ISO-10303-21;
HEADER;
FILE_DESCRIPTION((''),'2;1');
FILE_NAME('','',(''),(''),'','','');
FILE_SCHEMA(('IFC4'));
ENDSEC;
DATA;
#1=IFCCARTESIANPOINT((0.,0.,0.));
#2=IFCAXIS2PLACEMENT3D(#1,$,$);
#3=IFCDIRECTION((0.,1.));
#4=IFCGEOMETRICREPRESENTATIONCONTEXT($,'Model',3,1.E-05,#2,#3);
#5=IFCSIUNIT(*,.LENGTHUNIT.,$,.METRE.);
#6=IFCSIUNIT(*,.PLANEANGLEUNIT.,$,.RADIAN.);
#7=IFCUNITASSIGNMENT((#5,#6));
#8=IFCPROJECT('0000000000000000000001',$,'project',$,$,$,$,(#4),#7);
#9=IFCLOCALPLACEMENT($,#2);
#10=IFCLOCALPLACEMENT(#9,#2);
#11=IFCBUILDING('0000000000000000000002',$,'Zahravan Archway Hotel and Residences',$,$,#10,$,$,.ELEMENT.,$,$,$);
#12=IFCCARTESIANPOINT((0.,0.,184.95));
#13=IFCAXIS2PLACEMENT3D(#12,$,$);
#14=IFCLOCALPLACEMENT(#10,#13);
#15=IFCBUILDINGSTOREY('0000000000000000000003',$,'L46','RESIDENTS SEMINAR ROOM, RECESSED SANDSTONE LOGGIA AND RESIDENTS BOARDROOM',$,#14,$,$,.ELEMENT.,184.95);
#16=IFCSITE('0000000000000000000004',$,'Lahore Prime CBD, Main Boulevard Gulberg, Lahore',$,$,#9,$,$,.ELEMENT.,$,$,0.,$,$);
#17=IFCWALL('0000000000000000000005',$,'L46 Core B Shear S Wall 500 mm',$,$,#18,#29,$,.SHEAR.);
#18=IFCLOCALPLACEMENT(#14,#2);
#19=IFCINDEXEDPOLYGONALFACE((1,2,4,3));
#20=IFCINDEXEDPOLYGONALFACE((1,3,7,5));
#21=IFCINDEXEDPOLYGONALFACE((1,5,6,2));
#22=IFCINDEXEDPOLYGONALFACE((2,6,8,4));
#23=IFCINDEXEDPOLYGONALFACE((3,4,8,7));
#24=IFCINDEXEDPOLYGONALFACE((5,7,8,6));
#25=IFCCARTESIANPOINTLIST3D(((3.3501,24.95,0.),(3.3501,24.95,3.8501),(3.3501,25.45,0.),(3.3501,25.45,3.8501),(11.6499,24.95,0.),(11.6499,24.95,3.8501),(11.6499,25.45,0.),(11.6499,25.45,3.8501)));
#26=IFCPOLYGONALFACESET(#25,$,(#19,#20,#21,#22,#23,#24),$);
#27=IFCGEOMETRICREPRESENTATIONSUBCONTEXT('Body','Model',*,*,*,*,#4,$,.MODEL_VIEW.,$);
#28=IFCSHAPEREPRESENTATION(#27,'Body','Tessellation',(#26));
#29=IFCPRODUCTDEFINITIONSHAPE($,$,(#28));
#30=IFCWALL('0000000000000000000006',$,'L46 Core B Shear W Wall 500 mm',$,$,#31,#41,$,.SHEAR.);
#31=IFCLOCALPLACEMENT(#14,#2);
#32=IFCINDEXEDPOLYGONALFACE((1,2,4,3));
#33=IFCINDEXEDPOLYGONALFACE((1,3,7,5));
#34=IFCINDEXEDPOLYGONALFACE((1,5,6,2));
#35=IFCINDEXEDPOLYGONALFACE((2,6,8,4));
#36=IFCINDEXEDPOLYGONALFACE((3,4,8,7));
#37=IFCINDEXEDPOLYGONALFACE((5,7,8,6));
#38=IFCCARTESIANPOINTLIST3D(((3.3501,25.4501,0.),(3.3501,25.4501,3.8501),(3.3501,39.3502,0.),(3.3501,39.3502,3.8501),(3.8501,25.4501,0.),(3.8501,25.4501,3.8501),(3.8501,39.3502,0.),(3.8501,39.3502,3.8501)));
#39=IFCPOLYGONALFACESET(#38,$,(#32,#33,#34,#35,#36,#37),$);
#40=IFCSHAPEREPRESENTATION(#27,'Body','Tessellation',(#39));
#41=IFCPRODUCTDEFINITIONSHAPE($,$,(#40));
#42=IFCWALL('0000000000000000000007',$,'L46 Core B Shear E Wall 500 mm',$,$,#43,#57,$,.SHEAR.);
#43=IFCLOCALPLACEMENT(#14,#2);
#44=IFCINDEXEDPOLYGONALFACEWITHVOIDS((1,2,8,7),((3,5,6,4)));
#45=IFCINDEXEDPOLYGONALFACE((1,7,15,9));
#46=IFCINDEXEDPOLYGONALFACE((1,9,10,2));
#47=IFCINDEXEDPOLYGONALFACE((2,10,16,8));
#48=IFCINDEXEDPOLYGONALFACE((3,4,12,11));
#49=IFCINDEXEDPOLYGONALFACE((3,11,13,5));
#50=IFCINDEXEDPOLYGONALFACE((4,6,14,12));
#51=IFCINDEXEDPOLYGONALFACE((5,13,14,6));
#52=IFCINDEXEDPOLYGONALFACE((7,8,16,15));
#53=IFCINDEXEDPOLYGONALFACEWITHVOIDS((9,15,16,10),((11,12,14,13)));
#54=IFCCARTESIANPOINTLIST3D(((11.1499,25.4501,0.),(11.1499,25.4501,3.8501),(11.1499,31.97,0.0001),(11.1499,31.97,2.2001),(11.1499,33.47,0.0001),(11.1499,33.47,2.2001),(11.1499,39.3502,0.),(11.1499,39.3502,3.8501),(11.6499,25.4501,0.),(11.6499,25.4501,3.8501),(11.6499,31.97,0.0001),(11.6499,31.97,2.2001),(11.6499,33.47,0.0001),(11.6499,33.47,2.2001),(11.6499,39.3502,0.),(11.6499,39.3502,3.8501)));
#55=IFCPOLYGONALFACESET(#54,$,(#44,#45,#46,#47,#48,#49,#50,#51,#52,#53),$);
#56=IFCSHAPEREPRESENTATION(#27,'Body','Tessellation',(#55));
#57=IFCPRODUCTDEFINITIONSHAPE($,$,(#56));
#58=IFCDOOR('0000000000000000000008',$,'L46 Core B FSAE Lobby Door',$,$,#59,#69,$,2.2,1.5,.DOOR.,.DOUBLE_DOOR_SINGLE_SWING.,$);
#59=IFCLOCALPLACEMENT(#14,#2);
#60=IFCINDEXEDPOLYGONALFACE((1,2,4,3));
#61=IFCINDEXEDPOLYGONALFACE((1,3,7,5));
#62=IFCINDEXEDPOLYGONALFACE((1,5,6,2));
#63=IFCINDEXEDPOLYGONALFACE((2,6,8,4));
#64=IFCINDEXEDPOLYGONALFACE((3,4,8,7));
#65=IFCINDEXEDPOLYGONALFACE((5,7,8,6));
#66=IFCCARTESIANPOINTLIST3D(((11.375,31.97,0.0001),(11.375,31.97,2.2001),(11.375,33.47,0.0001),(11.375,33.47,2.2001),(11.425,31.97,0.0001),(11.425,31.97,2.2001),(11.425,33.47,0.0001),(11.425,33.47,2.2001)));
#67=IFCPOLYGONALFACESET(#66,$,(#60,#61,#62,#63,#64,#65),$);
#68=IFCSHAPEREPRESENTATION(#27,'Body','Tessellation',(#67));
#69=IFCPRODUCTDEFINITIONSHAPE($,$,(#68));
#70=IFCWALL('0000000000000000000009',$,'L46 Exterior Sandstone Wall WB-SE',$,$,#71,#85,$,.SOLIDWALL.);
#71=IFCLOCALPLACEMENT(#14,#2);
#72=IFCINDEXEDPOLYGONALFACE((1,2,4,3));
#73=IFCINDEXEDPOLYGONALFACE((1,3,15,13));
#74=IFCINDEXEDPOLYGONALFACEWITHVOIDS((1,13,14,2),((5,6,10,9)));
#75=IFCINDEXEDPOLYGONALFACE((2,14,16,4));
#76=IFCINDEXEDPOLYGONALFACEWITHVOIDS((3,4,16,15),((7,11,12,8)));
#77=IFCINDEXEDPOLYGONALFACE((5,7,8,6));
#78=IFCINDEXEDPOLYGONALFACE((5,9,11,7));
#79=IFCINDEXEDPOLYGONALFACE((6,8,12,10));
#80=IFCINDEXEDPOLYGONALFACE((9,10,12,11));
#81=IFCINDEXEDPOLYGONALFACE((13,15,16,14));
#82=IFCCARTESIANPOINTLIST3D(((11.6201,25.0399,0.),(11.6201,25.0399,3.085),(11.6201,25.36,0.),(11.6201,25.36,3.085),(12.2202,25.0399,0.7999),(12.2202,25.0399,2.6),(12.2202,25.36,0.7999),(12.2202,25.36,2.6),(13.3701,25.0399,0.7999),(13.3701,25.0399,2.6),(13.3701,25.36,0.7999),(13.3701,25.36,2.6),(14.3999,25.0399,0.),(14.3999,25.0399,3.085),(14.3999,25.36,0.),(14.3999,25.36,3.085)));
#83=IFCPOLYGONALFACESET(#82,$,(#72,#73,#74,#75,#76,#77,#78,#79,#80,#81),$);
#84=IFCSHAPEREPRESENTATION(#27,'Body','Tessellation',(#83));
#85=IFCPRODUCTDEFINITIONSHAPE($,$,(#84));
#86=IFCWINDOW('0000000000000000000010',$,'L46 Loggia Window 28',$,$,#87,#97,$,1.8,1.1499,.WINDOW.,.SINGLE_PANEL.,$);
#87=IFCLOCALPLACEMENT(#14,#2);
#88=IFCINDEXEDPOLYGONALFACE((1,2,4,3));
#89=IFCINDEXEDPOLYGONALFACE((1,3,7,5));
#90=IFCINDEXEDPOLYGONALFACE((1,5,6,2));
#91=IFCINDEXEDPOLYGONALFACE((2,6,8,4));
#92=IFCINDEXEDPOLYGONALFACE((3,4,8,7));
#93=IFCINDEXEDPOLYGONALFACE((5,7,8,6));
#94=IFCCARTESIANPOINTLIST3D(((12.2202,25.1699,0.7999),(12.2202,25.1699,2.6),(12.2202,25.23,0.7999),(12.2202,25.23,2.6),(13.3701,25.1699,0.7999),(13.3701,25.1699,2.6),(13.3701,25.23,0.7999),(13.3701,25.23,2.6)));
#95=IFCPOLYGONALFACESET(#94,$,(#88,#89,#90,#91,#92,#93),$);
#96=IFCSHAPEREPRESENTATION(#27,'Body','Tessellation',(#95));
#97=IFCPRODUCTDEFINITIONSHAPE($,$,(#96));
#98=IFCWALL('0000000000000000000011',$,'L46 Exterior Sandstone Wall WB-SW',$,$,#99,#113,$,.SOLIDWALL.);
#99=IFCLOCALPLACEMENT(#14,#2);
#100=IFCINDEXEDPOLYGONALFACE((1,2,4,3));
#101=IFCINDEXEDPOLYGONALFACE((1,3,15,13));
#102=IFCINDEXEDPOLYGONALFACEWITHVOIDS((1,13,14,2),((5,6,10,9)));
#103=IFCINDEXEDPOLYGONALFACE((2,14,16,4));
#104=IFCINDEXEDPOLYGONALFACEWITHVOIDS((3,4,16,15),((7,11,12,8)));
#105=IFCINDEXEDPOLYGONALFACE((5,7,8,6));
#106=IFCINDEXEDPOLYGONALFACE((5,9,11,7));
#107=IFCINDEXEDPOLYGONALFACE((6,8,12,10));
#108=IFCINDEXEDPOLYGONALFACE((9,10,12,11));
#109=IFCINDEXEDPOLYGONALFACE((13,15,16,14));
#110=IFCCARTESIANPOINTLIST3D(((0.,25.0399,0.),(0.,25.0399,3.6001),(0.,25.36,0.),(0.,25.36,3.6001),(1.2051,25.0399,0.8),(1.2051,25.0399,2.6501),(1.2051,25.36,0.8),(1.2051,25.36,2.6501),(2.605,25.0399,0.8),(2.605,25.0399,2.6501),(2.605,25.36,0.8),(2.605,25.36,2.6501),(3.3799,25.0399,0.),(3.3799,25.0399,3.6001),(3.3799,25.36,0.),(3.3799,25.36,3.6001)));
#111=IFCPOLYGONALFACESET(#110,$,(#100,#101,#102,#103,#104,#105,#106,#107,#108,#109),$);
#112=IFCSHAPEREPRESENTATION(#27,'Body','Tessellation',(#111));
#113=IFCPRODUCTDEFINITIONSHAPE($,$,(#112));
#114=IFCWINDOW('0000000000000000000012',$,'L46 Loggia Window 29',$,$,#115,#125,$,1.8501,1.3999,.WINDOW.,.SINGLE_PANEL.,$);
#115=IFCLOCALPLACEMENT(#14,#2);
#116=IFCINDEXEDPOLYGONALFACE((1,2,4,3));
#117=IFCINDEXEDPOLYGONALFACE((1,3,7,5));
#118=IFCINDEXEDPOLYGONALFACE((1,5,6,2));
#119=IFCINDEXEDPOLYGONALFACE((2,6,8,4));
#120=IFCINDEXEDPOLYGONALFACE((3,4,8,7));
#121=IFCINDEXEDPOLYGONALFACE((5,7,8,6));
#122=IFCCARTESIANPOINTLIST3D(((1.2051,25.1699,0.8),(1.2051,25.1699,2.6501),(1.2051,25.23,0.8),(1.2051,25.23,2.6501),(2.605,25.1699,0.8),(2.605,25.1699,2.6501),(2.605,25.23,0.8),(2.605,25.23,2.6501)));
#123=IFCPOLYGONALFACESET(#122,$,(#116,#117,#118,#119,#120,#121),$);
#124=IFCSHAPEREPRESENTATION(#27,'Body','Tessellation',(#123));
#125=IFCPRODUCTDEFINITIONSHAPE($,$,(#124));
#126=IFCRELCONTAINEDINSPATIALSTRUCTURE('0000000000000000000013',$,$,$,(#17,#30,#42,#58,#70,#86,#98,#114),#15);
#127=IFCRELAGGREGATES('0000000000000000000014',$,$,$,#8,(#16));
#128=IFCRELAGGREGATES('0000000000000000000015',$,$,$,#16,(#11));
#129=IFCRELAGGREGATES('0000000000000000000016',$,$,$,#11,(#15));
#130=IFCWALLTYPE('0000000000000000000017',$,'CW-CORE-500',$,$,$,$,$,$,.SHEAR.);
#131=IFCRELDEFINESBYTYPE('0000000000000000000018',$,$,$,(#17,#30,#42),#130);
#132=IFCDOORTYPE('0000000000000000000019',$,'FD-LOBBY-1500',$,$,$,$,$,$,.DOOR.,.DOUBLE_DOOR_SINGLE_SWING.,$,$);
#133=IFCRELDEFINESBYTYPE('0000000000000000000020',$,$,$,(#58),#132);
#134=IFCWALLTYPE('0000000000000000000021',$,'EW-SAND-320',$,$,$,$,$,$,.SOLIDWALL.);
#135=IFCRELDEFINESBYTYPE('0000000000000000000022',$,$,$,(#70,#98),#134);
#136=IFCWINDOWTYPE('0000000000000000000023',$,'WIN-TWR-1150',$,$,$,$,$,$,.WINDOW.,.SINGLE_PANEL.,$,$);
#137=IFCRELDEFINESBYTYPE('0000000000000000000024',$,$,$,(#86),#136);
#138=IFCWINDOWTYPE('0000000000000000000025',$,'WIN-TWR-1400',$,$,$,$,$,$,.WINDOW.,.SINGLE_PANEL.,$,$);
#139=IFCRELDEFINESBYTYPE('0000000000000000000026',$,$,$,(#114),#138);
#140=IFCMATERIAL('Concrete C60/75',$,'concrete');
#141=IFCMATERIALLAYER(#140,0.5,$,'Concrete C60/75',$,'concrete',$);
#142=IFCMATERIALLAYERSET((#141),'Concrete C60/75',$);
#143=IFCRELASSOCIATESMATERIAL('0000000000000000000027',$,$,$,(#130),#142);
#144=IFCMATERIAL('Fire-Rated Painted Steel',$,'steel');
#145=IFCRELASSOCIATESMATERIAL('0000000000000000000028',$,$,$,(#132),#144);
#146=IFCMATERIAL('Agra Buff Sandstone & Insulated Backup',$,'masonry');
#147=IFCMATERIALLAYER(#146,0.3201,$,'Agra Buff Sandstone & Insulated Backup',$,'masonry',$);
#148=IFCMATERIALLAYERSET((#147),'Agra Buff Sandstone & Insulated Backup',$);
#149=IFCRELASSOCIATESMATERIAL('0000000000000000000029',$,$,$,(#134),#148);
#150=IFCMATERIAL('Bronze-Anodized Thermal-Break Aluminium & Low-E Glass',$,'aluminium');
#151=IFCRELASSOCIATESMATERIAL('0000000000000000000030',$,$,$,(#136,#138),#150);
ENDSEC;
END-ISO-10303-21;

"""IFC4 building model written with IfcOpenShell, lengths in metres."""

from ifc_helpers import new_model, si_unit, direction, frame, frame_2d, origin, place, context, subcontext, project, spatial, rectangle, extrude, source, transform, mapped, material, layer, layer_set, type_object, type_shapes, element, fill, save


model = new_model("IFC4")

# Units and contexts
model_context = context("Model", 3, precision=1e-05, world=origin(), true_north=direction((0.0, 1.0)))
body_context = subcontext(model_context, "Body", "Model", "MODEL_VIEW")
ifc_project = project(units=[si_unit("LENGTHUNIT", "METRE"), si_unit("PLANEANGLEUNIT", "RADIAN")], contexts=[model_context])

# Site, building, storey
site_placement = place(None, origin())
site = spatial("IfcSite", under=ifc_project, at=site_placement, Name="Lahore Prime CBD, Main Boulevard Gulberg, Lahore", CompositionType="ELEMENT", RefElevation=0.0)
building_placement = place(site_placement, origin())
building = spatial("IfcBuilding", under=site, at=building_placement, Name="Zahravan Archway Hotel and Residences", CompositionType="ELEMENT")
storey_placement = place(building_placement, frame((0.0, 0.0, 184.95)))
storey = spatial("IfcBuildingStorey", under=building, at=storey_placement, Name="L46", Description="RESIDENTS SEMINAR ROOM, RECESSED SANDSTONE LOGGIA AND RESIDENTS BOARDROOM", CompositionType="ELEMENT", Elevation=184.95)

# Shared definitions
ifc_material_1 = material(Name="Concrete C60/75", Category="concrete")

# Walls
ifc_layer_1 = layer(ifc_material_1, 0.5, Name="Concrete C60/75", Category="concrete")
ifc_layer_set_1 = layer_set([ifc_layer_1], Name="Concrete C60/75")
wall_type_1 = type_object("IfcWallType", Name="CW-CORE-500", PredefinedType="SHEAR", material=ifc_layer_set_1)
wall_1_placement = place(storey_placement, frame((3.3501, 25.2, 0.0), z_axis=(0.0, 0.0, 1.0), x_axis=(1.0, 0.0, 0.0)))
element("IfcWall", 1, at=wall_1_placement, inside=storey, type_object=wall_type_1, Name="L46 Core B Shear S Wall 500 mm", PredefinedType="SHEAR", context=body_context, shape_type="SweptSolid", body=[
    extrude(rectangle(XDim=8.2998, YDim=0.5, at=frame_2d((4.1499, 0.0))), origin(), (0.0, 0.0, 1.0), 3.8501),
])
wall_2_placement = place(storey_placement, frame((3.6001, 25.45, 0.0), z_axis=(0.0, 0.0, 1.0), x_axis=(0.0, 1.0, 0.0)))
element("IfcWall", 2, at=wall_2_placement, inside=storey, type_object=wall_type_1, Name="L46 Core B Shear W Wall 500 mm", PredefinedType="SHEAR", context=body_context, shape_type="SweptSolid", body=[
    extrude(rectangle(XDim=13.9001, YDim=0.5, at=frame_2d((6.9502, 0.0))), origin(), (0.0, 0.0, 1.0), 3.8501),
])

# Wall, opening, door
wall_3_placement = place(storey_placement, frame((11.3999, 25.45, 0.0), z_axis=(0.0, 0.0, 1.0), x_axis=(0.0, 1.0, 0.0)))
wall_3 = element("IfcWall", 3, at=wall_3_placement, inside=storey, type_object=wall_type_1, Name="L46 Core B Shear E Wall 500 mm", PredefinedType="SHEAR", context=body_context, shape_type="SweptSolid", body=[
    extrude(rectangle(XDim=13.9001, YDim=0.5, at=frame_2d((6.9502, 0.0))), origin(), (0.0, 0.0, 1.0), 3.8501),
])
opening_1_placement = place(wall_3_placement, frame((6.52, 0.0, 0.0)))
opening_1 = element("IfcOpeningElement", 4, at=opening_1_placement, cuts=wall_3, PredefinedType="OPENING", context=body_context, shape_type="SweptSolid", body=[
    extrude(rectangle(XDim=1.5, YDim=2.2, at=frame_2d((0.75, 1.1001))), frame((0.0, 0.26, 0.0), z_axis=(0.0, -1.0, 0.0), x_axis=(1.0, 0.0, 0.0)), (0.0, 0.0, 1.0), 0.52),
])
ifc_material_2 = material(Name="Fire-Rated Painted Steel", Category="steel")
door_type_1 = type_object("IfcDoorType", Name="FD-LOBBY-1500", OperationType="DOUBLE_DOOR_SINGLE_SWING", PredefinedType="DOOR", material=ifc_material_2)
shared_shape_1 = source(origin(), body_context, "Body", "SweptSolid", [
    extrude(rectangle(XDim=1.5, YDim=2.2, at=frame_2d((0.75, 1.1001))), frame((0.0, 0.0249, 0.0), z_axis=(0.0, -1.0, 0.0), x_axis=(1.0, 0.0, 0.0)), (0.0, 0.0, 1.0), 0.05),
])
type_shapes(door_type_1, [shared_shape_1])
door_1_placement = place(opening_1_placement, origin())
door_1 = element("IfcDoor", 5, at=door_1_placement, inside=storey, type_object=door_type_1, Name="L46 Core B FSAE Lobby Door", OperationType="DOUBLE_DOOR_SINGLE_SWING", OverallHeight=2.2, OverallWidth=1.5, PredefinedType="DOOR", context=body_context, shape_type="MappedRepresentation", body=[
    mapped(shared_shape_1, transform((0.0, 0.0, 0.0), scale=1.0)),
])
fill(opening_1, door_1)

# Walls, openings, windows
ifc_material_3 = material(Name="Agra Buff Sandstone & Insulated Backup", Category="masonry")
ifc_layer_2 = layer(ifc_material_3, 0.3201, Name="Agra Buff Sandstone & Insulated Backup", Category="masonry")
ifc_layer_set_2 = layer_set([ifc_layer_2], Name="Agra Buff Sandstone & Insulated Backup")
wall_type_2 = type_object("IfcWallType", Name="EW-SAND-320", PredefinedType="SOLIDWALL", material=ifc_layer_set_2)
wall_4_placement = place(storey_placement, frame((11.6201, 25.2, 0.0), z_axis=(0.0, 0.0, 1.0), x_axis=(1.0, 0.0, 0.0)))
wall_4 = element("IfcWall", 6, at=wall_4_placement, inside=storey, type_object=wall_type_2, Name="L46 Exterior Sandstone Wall WB-SE", PredefinedType="SOLIDWALL", context=body_context, shape_type="SweptSolid", body=[
    extrude(rectangle(XDim=2.7798, YDim=0.3201, at=frame_2d((1.3899, 0.0))), origin(), (0.0, 0.0, 1.0), 3.085),
])
opening_2_placement = place(wall_4_placement, frame((0.6001, 0.0, 0.8)))
opening_2 = element("IfcOpeningElement", 7, at=opening_2_placement, cuts=wall_4, PredefinedType="OPENING", context=body_context, shape_type="SweptSolid", body=[
    extrude(rectangle(XDim=1.1499, YDim=1.8, at=frame_2d((0.575, 0.8999))), frame((0.0, 0.1699, 0.0), z_axis=(0.0, -1.0, 0.0), x_axis=(1.0, 0.0, 0.0)), (0.0, 0.0, 1.0), 0.3401),
])
ifc_material_4 = material(Name="Bronze-Anodized Thermal-Break Aluminium & Low-E Glass", Category="aluminium")
window_type_1 = type_object("IfcWindowType", Name="WIN-TWR-1150", PartitioningType="SINGLE_PANEL", PredefinedType="WINDOW", material=ifc_material_4)
shared_shape_2 = source(origin(), body_context, "Body", "SweptSolid", [
    extrude(rectangle(XDim=1.1499, YDim=1.8, at=frame_2d((0.575, 0.8999))), frame((0.0, 0.03, 0.0), z_axis=(0.0, -1.0, 0.0), x_axis=(1.0, 0.0, 0.0)), (0.0, 0.0, 1.0), 0.0601),
])
type_shapes(window_type_1, [shared_shape_2])
window_1_placement = place(opening_2_placement, origin())
window_1 = element("IfcWindow", 8, at=window_1_placement, inside=storey, type_object=window_type_1, Name="L46 Loggia Window 28", OverallHeight=1.8, OverallWidth=1.1499, PartitioningType="SINGLE_PANEL", PredefinedType="WINDOW", context=body_context, shape_type="MappedRepresentation", body=[
    mapped(shared_shape_2, transform((0.0, 0.0, 0.0), scale=1.0)),
])
fill(opening_2, window_1)
wall_5_placement = place(storey_placement, frame((0.0, 25.2, 0.0), z_axis=(0.0, 0.0, 1.0), x_axis=(1.0, 0.0, 0.0)))
wall_5 = element("IfcWall", 9, at=wall_5_placement, inside=storey, type_object=wall_type_2, Name="L46 Exterior Sandstone Wall WB-SW", PredefinedType="SOLIDWALL", context=body_context, shape_type="SweptSolid", body=[
    extrude(rectangle(XDim=3.3799, YDim=0.3201, at=frame_2d((1.6899, 0.0))), origin(), (0.0, 0.0, 1.0), 3.6001),
])
opening_3_placement = place(wall_5_placement, frame((1.2051, 0.0, 0.8)))
opening_3 = element("IfcOpeningElement", 10, at=opening_3_placement, cuts=wall_5, PredefinedType="OPENING", context=body_context, shape_type="SweptSolid", body=[
    extrude(rectangle(XDim=1.3999, YDim=1.8501, at=frame_2d((0.7, 0.925))), frame((0.0, 0.1699, 0.0), z_axis=(0.0, -1.0, 0.0), x_axis=(1.0, 0.0, 0.0)), (0.0, 0.0, 1.0), 0.3401),
])
window_type_2 = type_object("IfcWindowType", Name="WIN-TWR-1400", PartitioningType="SINGLE_PANEL", PredefinedType="WINDOW", material=ifc_material_4)
shared_shape_3 = source(origin(), body_context, "Body", "SweptSolid", [
    extrude(rectangle(XDim=1.3999, YDim=1.8501, at=frame_2d((0.7, 0.925))), frame((0.0, 0.03, 0.0), z_axis=(0.0, -1.0, 0.0), x_axis=(1.0, 0.0, 0.0)), (0.0, 0.0, 1.0), 0.0601),
])
type_shapes(window_type_2, [shared_shape_3])
window_2_placement = place(opening_3_placement, origin())
window_2 = element("IfcWindow", 11, at=window_2_placement, inside=storey, type_object=window_type_2, Name="L46 Loggia Window 29", OverallHeight=1.8501, OverallWidth=1.3999, PartitioningType="SINGLE_PANEL", PredefinedType="WINDOW", context=body_context, shape_type="MappedRepresentation", body=[
    mapped(shared_shape_3, transform((0.0, 0.0, 0.0), scale=1.0)),
])
fill(opening_3, window_2)

save(model, "model.ifc")
